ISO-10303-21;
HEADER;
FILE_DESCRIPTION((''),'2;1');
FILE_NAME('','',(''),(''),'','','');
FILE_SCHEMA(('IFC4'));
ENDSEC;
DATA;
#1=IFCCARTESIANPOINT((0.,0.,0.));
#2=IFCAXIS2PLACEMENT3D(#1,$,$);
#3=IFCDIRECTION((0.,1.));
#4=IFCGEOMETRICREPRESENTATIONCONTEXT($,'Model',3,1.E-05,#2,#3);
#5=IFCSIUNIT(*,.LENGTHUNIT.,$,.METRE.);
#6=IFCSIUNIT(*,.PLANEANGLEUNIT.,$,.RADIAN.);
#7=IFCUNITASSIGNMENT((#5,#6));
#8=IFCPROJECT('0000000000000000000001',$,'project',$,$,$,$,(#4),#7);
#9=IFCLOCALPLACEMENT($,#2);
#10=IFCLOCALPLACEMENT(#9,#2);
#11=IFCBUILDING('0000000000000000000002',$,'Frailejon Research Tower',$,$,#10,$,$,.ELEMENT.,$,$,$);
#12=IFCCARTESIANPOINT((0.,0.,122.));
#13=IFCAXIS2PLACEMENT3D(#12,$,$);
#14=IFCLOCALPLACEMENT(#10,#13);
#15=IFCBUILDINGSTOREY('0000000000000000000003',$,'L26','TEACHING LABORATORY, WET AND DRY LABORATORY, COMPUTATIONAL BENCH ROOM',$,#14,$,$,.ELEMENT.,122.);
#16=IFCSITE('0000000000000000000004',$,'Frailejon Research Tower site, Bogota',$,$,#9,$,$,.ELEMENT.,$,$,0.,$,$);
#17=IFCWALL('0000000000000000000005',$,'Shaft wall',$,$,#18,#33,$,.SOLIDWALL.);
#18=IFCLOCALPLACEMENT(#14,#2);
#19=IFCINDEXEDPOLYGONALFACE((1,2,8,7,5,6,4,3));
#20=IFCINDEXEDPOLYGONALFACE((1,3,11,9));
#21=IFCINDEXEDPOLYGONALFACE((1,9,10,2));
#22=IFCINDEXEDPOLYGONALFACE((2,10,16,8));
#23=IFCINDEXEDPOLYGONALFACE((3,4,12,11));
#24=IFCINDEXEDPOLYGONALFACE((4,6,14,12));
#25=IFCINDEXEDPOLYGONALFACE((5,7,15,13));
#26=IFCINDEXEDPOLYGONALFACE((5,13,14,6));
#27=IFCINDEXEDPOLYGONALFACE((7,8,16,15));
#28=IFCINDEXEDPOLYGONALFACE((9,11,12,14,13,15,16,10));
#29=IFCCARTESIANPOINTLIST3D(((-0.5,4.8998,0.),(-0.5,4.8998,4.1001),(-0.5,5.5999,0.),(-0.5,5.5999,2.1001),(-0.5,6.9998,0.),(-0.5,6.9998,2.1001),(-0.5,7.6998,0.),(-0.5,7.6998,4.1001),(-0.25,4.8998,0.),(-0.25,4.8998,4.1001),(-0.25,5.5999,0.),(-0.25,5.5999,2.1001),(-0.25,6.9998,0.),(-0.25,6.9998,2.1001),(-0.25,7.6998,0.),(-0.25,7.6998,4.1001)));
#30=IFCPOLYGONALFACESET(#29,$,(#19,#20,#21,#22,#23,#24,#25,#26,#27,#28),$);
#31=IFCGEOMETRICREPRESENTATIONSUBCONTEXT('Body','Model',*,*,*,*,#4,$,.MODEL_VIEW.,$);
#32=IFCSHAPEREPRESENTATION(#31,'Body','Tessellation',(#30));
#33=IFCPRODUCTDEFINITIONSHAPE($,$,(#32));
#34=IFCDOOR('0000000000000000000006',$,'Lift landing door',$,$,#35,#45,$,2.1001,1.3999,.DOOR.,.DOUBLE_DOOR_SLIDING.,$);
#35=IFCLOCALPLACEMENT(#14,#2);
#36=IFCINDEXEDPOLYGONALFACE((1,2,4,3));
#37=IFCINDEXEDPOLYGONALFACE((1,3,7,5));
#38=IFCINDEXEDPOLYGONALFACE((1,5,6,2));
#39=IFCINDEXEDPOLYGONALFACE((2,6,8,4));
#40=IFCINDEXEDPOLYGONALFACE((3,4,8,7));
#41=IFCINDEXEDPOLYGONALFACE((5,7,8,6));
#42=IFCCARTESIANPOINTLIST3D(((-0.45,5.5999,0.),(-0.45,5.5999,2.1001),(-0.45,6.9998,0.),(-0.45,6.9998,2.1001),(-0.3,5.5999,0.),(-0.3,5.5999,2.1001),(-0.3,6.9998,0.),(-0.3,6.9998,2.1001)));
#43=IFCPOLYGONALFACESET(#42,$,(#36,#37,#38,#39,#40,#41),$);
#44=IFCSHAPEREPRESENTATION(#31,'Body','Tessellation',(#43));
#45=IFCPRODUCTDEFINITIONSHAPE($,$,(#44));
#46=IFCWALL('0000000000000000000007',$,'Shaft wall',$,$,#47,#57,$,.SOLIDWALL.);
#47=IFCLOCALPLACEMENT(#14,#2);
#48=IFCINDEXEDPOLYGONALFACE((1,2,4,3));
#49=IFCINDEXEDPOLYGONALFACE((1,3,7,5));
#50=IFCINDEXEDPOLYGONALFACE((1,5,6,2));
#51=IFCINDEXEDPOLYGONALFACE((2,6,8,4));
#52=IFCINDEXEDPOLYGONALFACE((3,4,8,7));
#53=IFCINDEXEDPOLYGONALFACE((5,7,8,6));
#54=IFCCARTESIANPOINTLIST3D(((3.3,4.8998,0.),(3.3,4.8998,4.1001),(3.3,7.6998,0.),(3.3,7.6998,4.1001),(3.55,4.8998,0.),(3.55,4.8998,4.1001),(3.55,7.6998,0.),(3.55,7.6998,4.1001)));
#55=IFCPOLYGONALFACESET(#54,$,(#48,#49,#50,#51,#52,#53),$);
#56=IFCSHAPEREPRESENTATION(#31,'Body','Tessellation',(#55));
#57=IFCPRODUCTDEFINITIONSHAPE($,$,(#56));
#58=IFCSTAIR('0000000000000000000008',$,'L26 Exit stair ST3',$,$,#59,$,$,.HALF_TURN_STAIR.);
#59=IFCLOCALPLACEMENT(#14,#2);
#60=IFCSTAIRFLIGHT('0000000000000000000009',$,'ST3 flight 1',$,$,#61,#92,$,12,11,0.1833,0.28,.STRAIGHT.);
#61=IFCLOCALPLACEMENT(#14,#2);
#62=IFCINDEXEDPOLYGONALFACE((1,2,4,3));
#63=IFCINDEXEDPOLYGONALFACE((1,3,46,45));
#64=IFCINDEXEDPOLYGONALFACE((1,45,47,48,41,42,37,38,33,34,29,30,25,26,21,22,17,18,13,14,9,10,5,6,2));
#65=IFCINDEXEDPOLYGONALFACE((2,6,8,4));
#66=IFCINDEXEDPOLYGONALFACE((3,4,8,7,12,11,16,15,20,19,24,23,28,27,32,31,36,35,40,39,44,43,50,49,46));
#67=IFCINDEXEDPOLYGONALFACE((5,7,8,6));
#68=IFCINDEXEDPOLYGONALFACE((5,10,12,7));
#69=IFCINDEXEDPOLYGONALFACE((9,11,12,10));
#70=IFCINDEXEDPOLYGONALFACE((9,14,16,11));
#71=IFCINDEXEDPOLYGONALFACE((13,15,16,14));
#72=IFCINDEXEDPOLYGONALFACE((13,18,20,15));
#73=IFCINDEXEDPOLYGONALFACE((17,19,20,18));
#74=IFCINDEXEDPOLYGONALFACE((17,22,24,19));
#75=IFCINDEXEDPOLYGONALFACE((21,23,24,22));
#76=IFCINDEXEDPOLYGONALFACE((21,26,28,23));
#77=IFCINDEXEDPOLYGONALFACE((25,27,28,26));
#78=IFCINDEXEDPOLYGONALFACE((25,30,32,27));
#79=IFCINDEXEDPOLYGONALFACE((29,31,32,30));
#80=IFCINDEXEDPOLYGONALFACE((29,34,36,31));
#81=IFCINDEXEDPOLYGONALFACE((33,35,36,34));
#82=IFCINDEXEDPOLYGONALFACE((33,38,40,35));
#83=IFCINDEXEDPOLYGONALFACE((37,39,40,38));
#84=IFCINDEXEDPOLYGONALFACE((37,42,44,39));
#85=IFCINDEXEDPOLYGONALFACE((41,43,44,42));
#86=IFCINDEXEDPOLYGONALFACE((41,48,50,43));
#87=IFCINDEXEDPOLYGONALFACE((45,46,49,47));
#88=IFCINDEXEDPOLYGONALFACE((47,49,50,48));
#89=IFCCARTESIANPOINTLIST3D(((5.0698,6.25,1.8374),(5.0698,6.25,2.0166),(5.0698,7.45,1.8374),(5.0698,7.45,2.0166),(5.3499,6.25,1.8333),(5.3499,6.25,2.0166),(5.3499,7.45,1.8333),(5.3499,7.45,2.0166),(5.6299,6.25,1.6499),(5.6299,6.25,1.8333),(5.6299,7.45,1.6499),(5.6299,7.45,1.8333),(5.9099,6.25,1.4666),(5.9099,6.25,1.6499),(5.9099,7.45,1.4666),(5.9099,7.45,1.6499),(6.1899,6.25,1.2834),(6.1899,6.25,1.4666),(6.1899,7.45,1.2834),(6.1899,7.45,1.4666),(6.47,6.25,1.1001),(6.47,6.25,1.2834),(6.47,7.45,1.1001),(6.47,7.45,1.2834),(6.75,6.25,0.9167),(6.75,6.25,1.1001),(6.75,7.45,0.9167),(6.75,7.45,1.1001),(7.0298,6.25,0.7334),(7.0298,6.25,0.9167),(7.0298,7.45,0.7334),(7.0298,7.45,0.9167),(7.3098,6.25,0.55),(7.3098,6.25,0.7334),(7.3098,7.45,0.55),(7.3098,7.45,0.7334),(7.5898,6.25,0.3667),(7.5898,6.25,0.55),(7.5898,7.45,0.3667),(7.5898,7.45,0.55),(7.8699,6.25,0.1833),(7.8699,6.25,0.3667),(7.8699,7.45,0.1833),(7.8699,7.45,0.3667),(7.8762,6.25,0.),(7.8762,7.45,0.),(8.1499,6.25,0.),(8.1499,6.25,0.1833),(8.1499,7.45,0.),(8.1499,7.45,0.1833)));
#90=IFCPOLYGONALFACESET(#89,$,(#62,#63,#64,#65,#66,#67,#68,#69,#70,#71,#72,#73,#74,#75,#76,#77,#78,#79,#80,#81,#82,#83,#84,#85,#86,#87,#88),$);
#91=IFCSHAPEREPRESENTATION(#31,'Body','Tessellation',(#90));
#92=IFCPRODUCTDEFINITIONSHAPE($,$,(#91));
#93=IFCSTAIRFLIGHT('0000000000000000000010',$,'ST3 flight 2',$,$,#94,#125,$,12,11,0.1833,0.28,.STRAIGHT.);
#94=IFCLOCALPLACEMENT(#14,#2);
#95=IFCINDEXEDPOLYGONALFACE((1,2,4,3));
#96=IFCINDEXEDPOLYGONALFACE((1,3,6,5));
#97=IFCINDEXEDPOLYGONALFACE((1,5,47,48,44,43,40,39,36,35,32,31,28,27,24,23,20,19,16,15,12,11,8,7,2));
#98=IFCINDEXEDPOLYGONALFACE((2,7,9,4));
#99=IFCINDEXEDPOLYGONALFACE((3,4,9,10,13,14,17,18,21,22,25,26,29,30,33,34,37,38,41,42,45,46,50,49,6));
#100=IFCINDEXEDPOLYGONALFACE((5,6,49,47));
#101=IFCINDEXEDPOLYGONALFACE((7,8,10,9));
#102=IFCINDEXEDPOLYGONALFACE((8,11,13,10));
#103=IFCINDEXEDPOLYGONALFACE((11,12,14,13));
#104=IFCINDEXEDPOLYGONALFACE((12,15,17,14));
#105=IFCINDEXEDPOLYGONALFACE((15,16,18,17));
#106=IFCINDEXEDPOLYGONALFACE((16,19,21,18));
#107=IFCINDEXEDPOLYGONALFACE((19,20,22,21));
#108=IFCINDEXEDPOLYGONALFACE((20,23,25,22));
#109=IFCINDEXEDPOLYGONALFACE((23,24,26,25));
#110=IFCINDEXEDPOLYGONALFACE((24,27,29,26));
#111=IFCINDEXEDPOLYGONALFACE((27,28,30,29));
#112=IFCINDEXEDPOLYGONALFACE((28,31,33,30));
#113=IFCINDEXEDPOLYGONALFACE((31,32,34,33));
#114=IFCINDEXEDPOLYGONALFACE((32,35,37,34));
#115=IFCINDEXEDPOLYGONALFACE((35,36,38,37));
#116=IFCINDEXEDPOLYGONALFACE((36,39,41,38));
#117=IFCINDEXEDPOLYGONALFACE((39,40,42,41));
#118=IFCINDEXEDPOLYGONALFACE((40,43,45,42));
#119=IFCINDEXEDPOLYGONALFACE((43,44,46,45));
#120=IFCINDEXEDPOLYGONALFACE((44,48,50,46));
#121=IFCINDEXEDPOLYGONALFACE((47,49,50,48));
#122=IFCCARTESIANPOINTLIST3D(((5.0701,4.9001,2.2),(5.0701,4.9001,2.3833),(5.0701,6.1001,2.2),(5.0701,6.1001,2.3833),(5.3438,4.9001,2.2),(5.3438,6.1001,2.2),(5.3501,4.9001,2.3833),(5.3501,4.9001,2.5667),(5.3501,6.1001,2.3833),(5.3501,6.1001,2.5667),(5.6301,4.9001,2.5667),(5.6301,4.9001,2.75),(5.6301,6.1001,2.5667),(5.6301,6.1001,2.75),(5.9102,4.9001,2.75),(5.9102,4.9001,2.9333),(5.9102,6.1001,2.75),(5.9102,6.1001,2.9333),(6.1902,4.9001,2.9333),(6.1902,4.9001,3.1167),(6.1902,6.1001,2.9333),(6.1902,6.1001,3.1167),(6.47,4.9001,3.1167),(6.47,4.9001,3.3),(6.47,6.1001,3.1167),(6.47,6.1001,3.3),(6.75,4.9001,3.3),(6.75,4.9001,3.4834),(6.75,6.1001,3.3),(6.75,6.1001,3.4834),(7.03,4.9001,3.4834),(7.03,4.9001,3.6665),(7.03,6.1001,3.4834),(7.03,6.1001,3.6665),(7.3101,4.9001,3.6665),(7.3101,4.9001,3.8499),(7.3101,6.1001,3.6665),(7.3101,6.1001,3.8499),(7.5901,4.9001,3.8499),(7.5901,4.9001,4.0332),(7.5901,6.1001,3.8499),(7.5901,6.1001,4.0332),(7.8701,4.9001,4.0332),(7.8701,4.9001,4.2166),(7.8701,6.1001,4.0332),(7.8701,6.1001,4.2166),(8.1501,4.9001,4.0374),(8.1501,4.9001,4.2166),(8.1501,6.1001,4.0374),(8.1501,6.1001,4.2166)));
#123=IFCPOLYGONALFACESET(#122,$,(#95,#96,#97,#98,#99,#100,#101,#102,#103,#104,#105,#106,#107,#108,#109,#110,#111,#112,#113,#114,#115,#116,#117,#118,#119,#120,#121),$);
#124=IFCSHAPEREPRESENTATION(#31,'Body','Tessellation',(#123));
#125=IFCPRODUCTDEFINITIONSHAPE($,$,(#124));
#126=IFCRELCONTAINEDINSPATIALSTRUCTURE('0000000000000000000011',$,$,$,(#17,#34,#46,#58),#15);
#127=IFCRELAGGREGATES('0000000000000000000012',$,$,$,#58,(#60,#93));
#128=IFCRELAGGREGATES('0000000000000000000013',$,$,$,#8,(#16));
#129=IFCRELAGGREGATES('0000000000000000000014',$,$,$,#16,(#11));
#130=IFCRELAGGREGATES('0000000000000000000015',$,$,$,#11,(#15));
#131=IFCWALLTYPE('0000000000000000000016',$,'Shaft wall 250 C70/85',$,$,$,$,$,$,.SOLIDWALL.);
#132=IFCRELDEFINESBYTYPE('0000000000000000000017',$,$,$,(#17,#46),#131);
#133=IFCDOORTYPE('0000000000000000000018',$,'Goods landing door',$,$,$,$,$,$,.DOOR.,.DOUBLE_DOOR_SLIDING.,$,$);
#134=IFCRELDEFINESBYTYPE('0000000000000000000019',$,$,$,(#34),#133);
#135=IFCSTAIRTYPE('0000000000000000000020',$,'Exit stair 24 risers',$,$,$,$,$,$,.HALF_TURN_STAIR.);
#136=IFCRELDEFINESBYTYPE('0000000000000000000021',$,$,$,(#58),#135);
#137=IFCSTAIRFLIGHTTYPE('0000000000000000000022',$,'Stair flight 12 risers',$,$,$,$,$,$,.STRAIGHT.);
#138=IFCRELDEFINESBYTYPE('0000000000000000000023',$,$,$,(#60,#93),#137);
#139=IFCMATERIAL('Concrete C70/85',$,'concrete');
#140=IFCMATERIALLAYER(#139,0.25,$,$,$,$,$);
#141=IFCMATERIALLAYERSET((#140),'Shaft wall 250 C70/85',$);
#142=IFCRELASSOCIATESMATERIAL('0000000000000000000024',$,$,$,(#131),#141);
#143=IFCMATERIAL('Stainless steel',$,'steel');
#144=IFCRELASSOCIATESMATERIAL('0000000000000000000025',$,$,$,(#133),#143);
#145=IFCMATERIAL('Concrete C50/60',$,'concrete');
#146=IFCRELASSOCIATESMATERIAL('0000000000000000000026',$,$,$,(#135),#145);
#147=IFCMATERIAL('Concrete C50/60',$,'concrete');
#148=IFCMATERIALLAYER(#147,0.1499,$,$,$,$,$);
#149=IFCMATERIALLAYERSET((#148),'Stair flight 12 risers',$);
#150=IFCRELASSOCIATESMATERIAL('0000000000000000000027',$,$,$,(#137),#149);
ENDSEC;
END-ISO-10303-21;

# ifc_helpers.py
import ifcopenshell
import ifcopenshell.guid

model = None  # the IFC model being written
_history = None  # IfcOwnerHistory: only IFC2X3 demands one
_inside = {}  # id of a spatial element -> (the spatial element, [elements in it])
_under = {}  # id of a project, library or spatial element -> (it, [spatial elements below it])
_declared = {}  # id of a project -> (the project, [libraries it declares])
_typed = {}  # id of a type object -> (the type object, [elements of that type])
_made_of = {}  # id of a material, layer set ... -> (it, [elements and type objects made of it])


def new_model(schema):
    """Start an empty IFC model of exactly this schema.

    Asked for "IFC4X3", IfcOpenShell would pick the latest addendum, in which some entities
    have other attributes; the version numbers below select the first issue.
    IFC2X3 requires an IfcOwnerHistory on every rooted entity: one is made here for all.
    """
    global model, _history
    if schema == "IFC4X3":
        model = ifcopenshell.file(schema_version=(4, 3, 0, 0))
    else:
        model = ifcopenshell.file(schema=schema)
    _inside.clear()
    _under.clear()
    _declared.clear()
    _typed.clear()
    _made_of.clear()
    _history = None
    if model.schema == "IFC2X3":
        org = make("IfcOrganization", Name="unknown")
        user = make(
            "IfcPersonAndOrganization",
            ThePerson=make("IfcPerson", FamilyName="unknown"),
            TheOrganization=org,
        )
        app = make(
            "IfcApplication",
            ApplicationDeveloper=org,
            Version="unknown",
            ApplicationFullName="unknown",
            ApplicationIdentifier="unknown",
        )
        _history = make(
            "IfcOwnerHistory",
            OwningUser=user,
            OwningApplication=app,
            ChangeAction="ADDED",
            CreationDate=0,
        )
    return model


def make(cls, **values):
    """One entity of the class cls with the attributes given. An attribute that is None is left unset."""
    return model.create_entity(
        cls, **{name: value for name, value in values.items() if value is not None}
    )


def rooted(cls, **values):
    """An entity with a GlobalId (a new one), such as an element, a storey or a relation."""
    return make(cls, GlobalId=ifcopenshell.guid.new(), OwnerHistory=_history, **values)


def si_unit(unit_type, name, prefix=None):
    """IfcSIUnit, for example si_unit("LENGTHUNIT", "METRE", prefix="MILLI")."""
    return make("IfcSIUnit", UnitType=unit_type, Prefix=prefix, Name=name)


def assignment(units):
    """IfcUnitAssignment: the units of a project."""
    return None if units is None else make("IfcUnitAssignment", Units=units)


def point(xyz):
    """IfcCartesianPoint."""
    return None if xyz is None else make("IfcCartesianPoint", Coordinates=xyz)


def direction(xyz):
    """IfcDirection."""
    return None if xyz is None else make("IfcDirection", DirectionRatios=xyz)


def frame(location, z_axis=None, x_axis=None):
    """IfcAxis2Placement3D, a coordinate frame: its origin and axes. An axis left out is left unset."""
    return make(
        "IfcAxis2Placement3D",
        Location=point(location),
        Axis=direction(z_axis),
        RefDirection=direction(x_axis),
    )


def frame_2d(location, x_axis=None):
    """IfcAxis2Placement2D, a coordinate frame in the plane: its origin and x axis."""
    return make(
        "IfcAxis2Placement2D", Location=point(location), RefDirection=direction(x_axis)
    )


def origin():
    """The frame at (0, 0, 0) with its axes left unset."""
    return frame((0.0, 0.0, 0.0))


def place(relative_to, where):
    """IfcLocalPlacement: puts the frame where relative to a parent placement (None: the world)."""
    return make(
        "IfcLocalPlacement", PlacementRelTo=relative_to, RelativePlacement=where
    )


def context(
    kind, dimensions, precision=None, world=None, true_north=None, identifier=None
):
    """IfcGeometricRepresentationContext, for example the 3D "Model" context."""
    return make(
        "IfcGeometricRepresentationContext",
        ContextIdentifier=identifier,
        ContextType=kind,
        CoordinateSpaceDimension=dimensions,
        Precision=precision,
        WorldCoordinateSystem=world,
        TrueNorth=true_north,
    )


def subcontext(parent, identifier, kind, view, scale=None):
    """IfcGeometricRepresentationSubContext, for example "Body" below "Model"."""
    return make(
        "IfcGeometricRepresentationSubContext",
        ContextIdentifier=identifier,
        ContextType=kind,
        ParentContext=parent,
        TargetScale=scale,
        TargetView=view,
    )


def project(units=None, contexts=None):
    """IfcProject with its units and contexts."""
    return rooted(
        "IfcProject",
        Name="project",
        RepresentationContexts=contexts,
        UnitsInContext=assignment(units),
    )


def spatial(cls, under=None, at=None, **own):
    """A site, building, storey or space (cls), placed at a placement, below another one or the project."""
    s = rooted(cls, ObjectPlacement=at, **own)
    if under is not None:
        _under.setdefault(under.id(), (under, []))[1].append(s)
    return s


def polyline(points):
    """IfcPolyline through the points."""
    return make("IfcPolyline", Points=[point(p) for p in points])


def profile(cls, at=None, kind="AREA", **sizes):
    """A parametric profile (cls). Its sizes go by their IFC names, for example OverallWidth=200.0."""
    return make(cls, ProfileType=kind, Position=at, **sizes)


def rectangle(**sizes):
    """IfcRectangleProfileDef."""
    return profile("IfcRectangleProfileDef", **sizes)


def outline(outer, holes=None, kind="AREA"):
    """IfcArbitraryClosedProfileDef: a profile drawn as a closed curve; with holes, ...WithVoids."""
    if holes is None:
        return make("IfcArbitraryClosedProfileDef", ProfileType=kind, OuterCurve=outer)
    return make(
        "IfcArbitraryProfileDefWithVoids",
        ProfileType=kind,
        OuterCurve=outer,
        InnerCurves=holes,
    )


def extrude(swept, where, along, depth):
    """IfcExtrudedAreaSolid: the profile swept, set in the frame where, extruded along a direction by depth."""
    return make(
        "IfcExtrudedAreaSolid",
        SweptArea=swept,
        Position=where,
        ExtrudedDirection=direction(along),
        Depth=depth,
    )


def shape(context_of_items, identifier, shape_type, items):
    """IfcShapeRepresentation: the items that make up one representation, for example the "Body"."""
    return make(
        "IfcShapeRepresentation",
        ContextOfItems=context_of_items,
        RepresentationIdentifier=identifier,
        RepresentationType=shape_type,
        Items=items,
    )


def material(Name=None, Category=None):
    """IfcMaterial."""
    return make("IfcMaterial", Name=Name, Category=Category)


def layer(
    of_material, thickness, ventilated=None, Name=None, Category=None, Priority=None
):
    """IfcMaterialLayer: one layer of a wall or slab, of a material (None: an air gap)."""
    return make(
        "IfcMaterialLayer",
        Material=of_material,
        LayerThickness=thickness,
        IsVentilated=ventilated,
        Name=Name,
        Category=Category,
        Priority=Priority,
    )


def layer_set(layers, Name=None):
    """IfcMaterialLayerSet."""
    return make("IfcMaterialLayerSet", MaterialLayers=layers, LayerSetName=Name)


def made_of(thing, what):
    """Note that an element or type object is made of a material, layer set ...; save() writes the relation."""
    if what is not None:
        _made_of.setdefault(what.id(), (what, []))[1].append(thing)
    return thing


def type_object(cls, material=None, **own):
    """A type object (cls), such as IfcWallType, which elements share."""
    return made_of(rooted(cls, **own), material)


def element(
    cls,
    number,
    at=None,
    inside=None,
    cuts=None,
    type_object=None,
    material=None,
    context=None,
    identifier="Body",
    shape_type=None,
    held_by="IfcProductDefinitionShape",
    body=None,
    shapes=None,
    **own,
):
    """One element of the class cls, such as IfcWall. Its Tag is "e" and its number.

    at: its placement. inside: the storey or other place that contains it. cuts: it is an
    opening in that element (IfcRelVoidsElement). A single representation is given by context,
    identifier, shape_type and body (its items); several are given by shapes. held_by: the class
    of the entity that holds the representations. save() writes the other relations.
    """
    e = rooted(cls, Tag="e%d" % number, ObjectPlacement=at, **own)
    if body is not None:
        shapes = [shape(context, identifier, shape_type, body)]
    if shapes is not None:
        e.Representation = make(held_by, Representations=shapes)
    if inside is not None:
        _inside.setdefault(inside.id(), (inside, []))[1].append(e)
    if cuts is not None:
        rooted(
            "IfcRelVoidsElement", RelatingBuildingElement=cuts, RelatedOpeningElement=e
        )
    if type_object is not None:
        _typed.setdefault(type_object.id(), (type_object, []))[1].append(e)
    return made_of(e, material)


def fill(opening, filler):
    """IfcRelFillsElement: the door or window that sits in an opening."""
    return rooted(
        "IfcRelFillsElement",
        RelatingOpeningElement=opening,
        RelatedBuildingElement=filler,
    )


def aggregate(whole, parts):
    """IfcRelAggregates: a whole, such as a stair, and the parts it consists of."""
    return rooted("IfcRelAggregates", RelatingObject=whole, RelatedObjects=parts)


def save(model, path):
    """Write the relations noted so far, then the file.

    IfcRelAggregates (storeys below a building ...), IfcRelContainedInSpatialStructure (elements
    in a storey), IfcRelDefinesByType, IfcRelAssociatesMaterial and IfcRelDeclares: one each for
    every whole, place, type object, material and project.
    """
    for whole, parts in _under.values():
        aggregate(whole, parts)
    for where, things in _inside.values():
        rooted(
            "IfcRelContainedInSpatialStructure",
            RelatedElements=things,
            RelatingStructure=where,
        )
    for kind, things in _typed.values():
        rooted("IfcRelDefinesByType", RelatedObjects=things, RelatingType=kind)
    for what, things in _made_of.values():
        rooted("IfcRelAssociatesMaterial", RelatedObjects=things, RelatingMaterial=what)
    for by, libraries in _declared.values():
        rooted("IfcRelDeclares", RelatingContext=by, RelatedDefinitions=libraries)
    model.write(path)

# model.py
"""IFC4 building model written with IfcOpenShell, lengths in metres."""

from ifc_helpers import new_model, si_unit, direction, frame, frame_2d, origin, place, context, subcontext, project, spatial, polyline, rectangle, outline, extrude, material, layer, layer_set, type_object, element, fill, aggregate, save


model = new_model("IFC4")

# Units and contexts
model_context = context("Model", 3, precision=1e-05, world=origin(), true_north=direction((0.0, 1.0)))
body_context = subcontext(model_context, "Body", "Model", "MODEL_VIEW")
ifc_project = project(units=[si_unit("LENGTHUNIT", "METRE"), si_unit("PLANEANGLEUNIT", "RADIAN")], contexts=[model_context])

# Site, building, storey
site_placement = place(None, origin())
site = spatial("IfcSite", under=ifc_project, at=site_placement, Name="Frailejon Research Tower site, Bogota", CompositionType="ELEMENT", RefElevation=0.0)
building_placement = place(site_placement, origin())
building = spatial("IfcBuilding", under=site, at=building_placement, Name="Frailejon Research Tower", CompositionType="ELEMENT")
storey_placement = place(building_placement, frame((0.0, 0.0, 122.0)))
storey = spatial("IfcBuildingStorey", under=building, at=storey_placement, Name="L26", Description="TEACHING LABORATORY, WET AND DRY LABORATORY, COMPUTATIONAL BENCH ROOM", CompositionType="ELEMENT", Elevation=122.0)

# Shared definitions
ifc_material_1 = material(Name="Concrete C70/85", Category="concrete")
ifc_layer_1 = layer(ifc_material_1, 0.25)
ifc_layer_set_1 = layer_set([ifc_layer_1], Name="Shaft wall 250 C70/85")
wall_type_1 = type_object("IfcWallType", Name="Shaft wall 250 C70/85", PredefinedType="SOLIDWALL", material=ifc_layer_set_1)

# Wall, opening, door
wall_1_placement = place(storey_placement, frame((-0.375, 4.8999, 0.0), z_axis=(0.0, 0.0, 1.0), x_axis=(0.0, 1.0, 0.0)))
wall_1 = element("IfcWall", 1, at=wall_1_placement, inside=storey, type_object=wall_type_1, Name="Shaft wall", PredefinedType="SOLIDWALL", context=body_context, shape_type="SweptSolid", body=[
    extrude(rectangle(XDim=2.8, YDim=0.25, at=frame_2d((1.3999, 0.0))), origin(), (0.0, 0.0, 1.0), 4.1001),
])
opening_1_placement = place(wall_1_placement, frame((0.7, 0.0, 0.0)))
opening_1 = element("IfcOpeningElement", 2, at=opening_1_placement, cuts=wall_1, PredefinedType="OPENING", context=body_context, shape_type="SweptSolid", body=[
    extrude(rectangle(XDim=1.3999, YDim=2.1001, at=frame_2d((0.7, 1.05))), frame((0.0, 0.135, 0.0), z_axis=(0.0, -1.0, 0.0), x_axis=(1.0, 0.0, 0.0)), (0.0, 0.0, 1.0), 0.27),
])
ifc_material_2 = material(Name="Stainless steel", Category="steel")
door_type_1 = type_object("IfcDoorType", Name="Goods landing door", OperationType="DOUBLE_DOOR_SLIDING", PredefinedType="DOOR", material=ifc_material_2)
door_1_placement = place(opening_1_placement, origin())
door_1 = element("IfcDoor", 3, at=door_1_placement, inside=storey, type_object=door_type_1, Name="Lift landing door", OperationType="DOUBLE_DOOR_SLIDING", OverallHeight=2.1001, OverallWidth=1.3999, PredefinedType="DOOR", context=body_context, shape_type="SweptSolid", body=[
    extrude(rectangle(XDim=1.3999, YDim=2.1001, at=frame_2d((0.7, 1.05))), frame((0.0, 0.075, 0.0), z_axis=(0.0, -1.0, 0.0), x_axis=(1.0, 0.0, 0.0)), (0.0, 0.0, 1.0), 0.1499),
])
fill(opening_1, door_1)

# Wall
wall_2_placement = place(storey_placement, frame((3.425, 4.8999, 0.0), z_axis=(0.0, 0.0, 1.0), x_axis=(0.0, 1.0, 0.0)))
element("IfcWall", 4, at=wall_2_placement, inside=storey, type_object=wall_type_1, Name="Shaft wall", PredefinedType="SOLIDWALL", context=body_context, shape_type="SweptSolid", body=[
    extrude(rectangle(XDim=2.8, YDim=0.25, at=frame_2d((1.3999, 0.0))), origin(), (0.0, 0.0, 1.0), 4.1001),
])

# Stair, stair flights
ifc_material_3 = material(Name="Concrete C50/60", Category="concrete")
stair_type = type_object("IfcStairType", Name="Exit stair 24 risers", PredefinedType="HALF_TURN_STAIR", material=ifc_material_3)
stair_placement = place(storey_placement, origin())
stair = element("IfcStair", 5, at=stair_placement, inside=storey, type_object=stair_type, Name="L26 Exit stair ST3", PredefinedType="HALF_TURN_STAIR")
ifc_material_4 = material(Name="Concrete C50/60", Category="concrete")
ifc_layer_2 = layer(ifc_material_4, 0.1499)
ifc_layer_set_2 = layer_set([ifc_layer_2], Name="Stair flight 12 risers")
stair_flight_type = type_object("IfcStairFlightType", Name="Stair flight 12 risers", PredefinedType="STRAIGHT", material=ifc_layer_set_2)
stair_flight_1_placement = place(storey_placement, frame((8.1499, 6.8501, 0.0), z_axis=(0.0, 0.0, 1.0), x_axis=(-1.0, 0.0, 0.0)))
stair_flight_1 = element("IfcStairFlight", 6, at=stair_flight_1_placement, type_object=stair_flight_type, Name="ST3 flight 1", NumberOfRisers=12, NumberOfTreads=11, PredefinedType="STRAIGHT", RiserHeight=0.1833, TreadLength=0.28, context=body_context, shape_type="SweptSolid", body=[
    extrude(outline(polyline([(0.0, 0.0), (0.0, 0.1833), (0.28, 0.1833), (0.28, 0.3667), (0.5601, 0.3667), (0.5601, 0.55), (0.8401, 0.55), (0.8401, 0.7334), (1.1201, 0.7334), (1.1201, 0.9167), (1.3999, 0.9167), (1.3999, 1.1001), (1.6799, 1.1001), (1.6799, 1.2834), (1.96, 1.2834), (1.96, 1.4666), (2.24, 1.4666), (2.24, 1.6499), (2.52, 1.6499), (2.52, 1.8333), (2.8, 1.8333), (2.8, 2.0166), (3.0801, 2.0166), (3.0801, 2.2), (3.0801, 1.8374), (0.2737, 0.0), (0.0, 0.0)])), frame((0.0, 0.6001, 0.0), z_axis=(0.0, -1.0, 0.0), x_axis=(1.0, 0.0, 0.0)), (0.0, 0.0, 1.0), 1.2),
])
stair_flight_2_placement = place(storey_placement, frame((5.0701, 5.5, 2.2), z_axis=(0.0, 0.0, 1.0), x_axis=(1.0, 0.0, 0.0)))
stair_flight_2 = element("IfcStairFlight", 7, at=stair_flight_2_placement, type_object=stair_flight_type, Name="ST3 flight 2", NumberOfRisers=12, NumberOfTreads=11, PredefinedType="STRAIGHT", RiserHeight=0.1833, TreadLength=0.28, context=body_context, shape_type="SweptSolid", body=[
    extrude(outline(polyline([(0.0, 0.0), (0.0, 0.1833), (0.28, 0.1833), (0.28, 0.3667), (0.5601, 0.3667), (0.5601, 0.55), (0.8401, 0.55), (0.8401, 0.7334), (1.1201, 0.7334), (1.1201, 0.9167), (1.3999, 0.9167), (1.3999, 1.1001), (1.6799, 1.1001), (1.6799, 1.2834), (1.96, 1.2834), (1.96, 1.4666), (2.24, 1.4666), (2.24, 1.6499), (2.52, 1.6499), (2.52, 1.8333), (2.8, 1.8333), (2.8, 2.0166), (3.0801, 2.0166), (3.0801, 2.2), (3.0801, 1.8374), (0.2737, 0.0), (0.0, 0.0)])), frame((0.0, 0.6001, 0.0), z_axis=(0.0, -1.0, 0.0), x_axis=(1.0, 0.0, 0.0)), (0.0, 0.0, 1.0), 1.2),
])
aggregate(stair, [stair_flight_1, stair_flight_2])

save(model, "model.ifc")
